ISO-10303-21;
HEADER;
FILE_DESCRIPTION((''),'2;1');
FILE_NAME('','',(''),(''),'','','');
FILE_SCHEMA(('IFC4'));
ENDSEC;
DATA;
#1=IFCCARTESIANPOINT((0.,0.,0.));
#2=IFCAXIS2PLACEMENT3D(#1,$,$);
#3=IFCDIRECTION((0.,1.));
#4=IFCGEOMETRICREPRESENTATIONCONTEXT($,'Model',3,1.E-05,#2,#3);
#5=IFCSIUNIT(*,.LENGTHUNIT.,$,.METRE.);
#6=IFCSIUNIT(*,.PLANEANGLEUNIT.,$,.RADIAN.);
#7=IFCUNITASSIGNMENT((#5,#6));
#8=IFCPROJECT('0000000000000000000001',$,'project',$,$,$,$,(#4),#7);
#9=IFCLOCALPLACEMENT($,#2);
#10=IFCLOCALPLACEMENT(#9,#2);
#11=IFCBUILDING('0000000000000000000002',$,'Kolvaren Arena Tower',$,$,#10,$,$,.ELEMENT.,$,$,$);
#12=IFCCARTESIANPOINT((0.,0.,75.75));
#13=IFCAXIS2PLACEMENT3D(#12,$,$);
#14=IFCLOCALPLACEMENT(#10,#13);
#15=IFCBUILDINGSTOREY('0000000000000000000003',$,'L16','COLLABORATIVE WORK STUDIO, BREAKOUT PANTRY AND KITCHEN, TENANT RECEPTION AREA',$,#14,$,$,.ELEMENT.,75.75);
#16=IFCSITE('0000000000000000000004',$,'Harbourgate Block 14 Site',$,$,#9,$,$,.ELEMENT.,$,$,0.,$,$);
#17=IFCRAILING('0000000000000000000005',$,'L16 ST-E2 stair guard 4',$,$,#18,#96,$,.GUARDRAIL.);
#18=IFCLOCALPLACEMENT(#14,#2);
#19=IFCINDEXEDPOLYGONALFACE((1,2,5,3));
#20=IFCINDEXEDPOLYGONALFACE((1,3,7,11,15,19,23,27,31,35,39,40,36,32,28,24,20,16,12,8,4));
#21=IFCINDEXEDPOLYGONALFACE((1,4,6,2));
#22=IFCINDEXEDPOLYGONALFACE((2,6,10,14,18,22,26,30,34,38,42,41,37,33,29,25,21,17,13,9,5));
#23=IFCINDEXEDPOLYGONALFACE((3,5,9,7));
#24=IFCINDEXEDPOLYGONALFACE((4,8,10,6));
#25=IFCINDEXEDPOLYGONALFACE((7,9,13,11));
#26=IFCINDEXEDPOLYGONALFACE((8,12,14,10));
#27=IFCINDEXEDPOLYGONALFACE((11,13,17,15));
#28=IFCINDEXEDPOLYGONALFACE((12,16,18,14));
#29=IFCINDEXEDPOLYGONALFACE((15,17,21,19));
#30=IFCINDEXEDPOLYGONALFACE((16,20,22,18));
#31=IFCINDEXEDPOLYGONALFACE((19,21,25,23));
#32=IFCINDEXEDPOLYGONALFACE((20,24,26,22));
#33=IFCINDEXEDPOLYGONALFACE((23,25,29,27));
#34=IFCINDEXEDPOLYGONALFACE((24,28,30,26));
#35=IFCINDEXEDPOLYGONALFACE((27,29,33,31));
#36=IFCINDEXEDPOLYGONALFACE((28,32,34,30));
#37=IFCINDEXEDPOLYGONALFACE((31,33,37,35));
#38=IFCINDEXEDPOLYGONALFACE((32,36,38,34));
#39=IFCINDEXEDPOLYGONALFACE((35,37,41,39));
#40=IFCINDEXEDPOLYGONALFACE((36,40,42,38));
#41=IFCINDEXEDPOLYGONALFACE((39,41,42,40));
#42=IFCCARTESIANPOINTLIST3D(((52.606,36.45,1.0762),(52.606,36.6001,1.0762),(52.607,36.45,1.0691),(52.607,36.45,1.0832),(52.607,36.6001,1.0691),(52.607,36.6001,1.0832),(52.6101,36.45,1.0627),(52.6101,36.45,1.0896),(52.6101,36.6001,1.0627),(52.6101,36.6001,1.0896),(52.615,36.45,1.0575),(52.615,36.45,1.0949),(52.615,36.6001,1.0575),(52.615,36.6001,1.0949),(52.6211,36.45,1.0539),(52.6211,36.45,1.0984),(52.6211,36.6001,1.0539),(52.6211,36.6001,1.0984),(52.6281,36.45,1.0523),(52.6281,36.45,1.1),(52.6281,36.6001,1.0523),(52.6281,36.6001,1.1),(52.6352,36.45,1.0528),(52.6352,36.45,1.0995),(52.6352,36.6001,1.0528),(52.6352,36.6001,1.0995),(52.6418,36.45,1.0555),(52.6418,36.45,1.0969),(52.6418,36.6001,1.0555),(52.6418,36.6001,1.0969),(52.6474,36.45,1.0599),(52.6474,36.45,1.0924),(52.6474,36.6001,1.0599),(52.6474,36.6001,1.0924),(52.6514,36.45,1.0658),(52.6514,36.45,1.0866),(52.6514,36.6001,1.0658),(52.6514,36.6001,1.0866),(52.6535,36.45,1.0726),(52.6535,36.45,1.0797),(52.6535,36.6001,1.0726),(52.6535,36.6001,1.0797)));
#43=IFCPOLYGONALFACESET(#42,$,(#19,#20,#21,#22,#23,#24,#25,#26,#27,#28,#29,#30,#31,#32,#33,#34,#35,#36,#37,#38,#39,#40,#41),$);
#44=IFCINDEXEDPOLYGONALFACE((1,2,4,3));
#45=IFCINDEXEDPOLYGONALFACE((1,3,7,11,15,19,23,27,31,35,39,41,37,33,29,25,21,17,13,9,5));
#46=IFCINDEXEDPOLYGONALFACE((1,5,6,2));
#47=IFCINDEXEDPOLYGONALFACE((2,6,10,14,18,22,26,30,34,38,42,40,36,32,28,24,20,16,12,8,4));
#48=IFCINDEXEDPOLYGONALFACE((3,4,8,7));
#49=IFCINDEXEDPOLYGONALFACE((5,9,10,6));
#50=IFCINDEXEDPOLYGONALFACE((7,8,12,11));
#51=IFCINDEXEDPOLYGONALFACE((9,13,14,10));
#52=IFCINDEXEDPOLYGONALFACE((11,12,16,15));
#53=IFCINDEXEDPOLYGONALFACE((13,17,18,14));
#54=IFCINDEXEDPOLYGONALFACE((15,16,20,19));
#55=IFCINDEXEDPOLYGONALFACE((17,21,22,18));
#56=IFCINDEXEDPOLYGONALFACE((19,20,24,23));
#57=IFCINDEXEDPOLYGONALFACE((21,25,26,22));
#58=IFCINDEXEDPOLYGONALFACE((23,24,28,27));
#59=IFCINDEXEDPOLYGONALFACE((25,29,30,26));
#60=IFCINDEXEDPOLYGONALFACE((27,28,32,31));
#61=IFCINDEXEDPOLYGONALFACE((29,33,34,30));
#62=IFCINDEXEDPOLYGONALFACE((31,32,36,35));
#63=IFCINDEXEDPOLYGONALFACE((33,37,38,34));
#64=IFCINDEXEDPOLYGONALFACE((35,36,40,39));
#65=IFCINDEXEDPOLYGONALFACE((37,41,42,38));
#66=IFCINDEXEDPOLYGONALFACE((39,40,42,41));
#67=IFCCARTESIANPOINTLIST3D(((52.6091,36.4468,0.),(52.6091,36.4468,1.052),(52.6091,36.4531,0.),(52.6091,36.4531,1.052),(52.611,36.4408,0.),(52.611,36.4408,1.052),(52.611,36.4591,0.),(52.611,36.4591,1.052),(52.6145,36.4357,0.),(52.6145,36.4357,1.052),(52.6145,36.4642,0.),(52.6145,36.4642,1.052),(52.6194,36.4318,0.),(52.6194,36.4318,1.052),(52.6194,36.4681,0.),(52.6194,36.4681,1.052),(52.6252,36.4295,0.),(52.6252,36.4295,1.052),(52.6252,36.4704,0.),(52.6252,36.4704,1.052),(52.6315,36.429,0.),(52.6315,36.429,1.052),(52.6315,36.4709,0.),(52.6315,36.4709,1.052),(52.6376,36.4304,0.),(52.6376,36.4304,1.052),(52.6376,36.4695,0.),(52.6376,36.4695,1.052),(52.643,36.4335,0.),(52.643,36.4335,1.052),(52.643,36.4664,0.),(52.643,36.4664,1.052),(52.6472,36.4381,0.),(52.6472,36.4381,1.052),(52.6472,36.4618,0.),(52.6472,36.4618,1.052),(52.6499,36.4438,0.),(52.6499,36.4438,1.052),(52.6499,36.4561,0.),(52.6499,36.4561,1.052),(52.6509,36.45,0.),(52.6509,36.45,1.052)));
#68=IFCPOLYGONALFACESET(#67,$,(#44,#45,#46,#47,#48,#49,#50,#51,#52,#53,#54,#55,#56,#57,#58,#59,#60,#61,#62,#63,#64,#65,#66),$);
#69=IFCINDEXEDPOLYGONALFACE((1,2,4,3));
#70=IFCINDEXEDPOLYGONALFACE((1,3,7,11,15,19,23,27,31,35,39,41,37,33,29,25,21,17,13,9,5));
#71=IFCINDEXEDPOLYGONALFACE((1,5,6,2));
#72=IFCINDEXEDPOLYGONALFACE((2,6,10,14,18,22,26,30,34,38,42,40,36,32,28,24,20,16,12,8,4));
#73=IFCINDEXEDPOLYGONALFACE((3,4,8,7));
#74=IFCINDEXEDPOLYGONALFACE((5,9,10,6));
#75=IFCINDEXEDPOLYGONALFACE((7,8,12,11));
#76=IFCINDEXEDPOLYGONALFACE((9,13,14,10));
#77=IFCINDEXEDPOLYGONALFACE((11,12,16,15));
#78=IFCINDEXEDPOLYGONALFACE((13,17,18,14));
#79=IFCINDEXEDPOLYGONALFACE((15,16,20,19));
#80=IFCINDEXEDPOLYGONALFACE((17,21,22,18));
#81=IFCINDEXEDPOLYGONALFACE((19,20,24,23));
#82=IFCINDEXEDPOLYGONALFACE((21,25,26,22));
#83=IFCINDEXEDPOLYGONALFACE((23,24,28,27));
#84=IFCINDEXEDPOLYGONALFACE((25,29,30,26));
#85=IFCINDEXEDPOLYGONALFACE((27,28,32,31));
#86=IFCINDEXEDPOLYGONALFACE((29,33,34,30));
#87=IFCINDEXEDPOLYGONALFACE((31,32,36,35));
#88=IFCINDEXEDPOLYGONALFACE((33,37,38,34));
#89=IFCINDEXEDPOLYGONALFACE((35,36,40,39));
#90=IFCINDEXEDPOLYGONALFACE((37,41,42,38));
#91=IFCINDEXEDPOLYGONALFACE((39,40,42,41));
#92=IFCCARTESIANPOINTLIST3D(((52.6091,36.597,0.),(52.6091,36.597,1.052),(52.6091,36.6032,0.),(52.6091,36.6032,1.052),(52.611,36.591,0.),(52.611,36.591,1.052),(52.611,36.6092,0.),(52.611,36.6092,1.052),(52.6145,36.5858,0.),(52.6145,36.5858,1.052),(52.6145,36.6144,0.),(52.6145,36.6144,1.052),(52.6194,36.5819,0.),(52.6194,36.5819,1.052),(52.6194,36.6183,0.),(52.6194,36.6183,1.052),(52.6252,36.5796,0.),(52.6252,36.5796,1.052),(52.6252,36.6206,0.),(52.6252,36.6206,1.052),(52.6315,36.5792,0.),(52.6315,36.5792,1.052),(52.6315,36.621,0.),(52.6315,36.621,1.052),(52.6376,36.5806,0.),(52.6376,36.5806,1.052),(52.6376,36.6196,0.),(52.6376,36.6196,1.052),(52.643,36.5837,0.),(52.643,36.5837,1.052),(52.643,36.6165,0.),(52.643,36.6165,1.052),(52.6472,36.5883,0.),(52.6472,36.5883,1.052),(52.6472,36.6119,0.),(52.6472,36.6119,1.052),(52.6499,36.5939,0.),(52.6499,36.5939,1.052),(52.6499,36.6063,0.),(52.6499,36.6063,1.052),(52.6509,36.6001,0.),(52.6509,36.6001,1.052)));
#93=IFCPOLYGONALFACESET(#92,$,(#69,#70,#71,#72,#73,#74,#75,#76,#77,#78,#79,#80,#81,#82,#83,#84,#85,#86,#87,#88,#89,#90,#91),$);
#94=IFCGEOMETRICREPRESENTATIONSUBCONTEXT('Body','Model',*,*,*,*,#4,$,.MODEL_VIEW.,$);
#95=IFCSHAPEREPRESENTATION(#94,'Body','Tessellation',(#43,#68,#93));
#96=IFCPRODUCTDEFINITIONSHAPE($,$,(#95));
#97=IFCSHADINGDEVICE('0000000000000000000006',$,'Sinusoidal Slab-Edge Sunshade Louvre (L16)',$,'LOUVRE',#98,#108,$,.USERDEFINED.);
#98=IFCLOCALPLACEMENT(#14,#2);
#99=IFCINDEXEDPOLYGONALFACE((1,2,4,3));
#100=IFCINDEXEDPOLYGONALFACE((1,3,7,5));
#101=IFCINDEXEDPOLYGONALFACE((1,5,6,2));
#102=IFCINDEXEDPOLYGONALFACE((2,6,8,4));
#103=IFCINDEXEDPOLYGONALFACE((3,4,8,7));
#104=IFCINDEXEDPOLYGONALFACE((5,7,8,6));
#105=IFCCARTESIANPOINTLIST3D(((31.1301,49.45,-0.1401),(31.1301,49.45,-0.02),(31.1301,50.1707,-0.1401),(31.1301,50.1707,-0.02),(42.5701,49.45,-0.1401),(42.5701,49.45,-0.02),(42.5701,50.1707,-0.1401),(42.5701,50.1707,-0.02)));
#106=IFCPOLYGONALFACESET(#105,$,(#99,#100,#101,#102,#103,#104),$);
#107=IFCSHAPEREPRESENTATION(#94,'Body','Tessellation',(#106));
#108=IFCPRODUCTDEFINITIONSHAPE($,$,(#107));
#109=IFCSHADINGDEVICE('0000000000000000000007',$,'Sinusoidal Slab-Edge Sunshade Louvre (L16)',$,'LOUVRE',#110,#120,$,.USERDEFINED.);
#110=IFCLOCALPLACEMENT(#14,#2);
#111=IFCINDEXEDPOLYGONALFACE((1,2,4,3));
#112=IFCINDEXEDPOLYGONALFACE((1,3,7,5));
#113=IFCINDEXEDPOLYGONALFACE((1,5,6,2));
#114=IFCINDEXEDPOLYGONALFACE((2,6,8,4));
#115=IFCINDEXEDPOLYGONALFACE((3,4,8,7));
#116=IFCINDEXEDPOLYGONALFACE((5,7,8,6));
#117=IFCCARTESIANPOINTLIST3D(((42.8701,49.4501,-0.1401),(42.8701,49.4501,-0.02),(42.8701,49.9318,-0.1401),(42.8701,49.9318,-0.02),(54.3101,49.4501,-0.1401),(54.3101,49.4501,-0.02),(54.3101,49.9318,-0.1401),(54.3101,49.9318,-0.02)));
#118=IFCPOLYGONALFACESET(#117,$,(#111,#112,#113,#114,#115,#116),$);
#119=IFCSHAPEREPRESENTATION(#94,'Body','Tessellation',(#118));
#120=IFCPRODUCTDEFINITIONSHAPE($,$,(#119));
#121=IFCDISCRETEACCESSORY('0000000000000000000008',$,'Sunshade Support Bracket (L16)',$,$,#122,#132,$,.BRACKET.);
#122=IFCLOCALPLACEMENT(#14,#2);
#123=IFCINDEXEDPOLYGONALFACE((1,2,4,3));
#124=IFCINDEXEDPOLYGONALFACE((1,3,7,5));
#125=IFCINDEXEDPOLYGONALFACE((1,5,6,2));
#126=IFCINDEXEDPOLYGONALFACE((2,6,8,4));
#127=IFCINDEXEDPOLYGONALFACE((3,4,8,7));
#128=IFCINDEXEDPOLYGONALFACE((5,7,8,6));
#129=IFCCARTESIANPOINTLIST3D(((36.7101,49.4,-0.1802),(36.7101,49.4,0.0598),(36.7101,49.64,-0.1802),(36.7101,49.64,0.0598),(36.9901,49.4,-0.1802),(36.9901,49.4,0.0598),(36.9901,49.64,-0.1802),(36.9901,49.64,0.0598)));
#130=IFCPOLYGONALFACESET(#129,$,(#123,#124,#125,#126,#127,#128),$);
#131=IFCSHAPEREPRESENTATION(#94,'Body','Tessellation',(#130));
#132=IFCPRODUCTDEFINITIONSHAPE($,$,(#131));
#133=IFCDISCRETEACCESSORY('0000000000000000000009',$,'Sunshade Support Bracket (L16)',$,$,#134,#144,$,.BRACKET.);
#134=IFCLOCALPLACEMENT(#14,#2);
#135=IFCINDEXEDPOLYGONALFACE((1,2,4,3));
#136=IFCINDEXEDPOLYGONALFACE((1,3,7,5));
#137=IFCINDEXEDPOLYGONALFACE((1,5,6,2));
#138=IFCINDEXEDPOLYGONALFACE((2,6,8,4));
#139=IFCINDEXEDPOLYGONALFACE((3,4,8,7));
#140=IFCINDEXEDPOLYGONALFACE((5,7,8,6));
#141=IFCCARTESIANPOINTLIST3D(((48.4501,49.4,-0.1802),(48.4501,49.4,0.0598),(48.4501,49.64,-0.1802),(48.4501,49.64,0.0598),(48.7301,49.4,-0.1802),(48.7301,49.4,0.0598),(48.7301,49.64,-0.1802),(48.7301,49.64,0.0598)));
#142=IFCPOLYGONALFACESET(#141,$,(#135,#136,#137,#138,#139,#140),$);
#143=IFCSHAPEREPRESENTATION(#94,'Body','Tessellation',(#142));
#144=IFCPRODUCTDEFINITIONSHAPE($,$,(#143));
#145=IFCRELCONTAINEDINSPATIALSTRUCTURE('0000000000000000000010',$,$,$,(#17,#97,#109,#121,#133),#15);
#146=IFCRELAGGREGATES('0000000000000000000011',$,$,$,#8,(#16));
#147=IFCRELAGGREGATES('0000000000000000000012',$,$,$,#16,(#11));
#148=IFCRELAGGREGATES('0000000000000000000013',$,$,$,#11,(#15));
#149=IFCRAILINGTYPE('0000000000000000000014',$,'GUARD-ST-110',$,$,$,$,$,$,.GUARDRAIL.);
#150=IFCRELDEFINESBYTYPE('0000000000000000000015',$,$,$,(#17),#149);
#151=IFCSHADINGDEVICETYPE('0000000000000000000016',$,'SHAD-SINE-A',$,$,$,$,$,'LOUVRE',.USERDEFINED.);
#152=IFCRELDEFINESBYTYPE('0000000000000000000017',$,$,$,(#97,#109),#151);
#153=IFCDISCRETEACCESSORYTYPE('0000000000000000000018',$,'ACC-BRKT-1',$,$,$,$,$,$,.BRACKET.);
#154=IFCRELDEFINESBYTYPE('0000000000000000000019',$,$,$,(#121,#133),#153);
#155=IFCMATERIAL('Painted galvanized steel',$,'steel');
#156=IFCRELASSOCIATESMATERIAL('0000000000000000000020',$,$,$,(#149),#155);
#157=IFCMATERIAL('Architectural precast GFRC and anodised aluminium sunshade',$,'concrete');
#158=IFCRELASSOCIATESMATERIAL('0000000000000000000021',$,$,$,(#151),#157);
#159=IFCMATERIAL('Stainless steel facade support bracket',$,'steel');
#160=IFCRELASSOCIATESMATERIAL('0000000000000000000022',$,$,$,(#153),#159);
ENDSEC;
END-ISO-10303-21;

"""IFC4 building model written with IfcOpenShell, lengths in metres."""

from ifc_helpers import new_model, si_unit, direction, frame, origin, origin_2d, place, context, subcontext, project, spatial, rectangle, circle, extrude, material, type_object, element, save


model = new_model("IFC4")

# Units and contexts
model_context = context("Model", 3, precision=1e-05, world=origin(), true_north=direction((0.0, 1.0)))
body_context = subcontext(model_context, "Body", "Model", "MODEL_VIEW")
ifc_project = project(units=[si_unit("LENGTHUNIT", "METRE"), si_unit("PLANEANGLEUNIT", "RADIAN")], contexts=[model_context])

# Site, building, storey
site_placement = place(None, origin())
site = spatial("IfcSite", under=ifc_project, at=site_placement, Name="Harbourgate Block 14 Site", CompositionType="ELEMENT", RefElevation=0.0)
building_placement = place(site_placement, origin())
building = spatial("IfcBuilding", under=site, at=building_placement, Name="Kolvaren Arena Tower", CompositionType="ELEMENT")
storey_placement = place(building_placement, frame((0.0, 0.0, 75.75)))
storey = spatial("IfcBuildingStorey", under=building, at=storey_placement, Name="L16", Description="COLLABORATIVE WORK STUDIO, BREAKOUT PANTRY AND KITCHEN, TENANT RECEPTION AREA", CompositionType="ELEMENT", Elevation=75.75)

# Railing
ifc_material_1 = material(Name="Painted galvanized steel", Category="steel")
railing_type = type_object("IfcRailingType", Name="GUARD-ST-110", PredefinedType="GUARDRAIL", material=ifc_material_1)
railing_1_placement = place(storey_placement, frame((52.6299, 36.45, 0.0)))
element("IfcRailing", 1, at=railing_1_placement, inside=storey, type_object=railing_type, Name="L16 ST-E2 stair guard 4", PredefinedType="GUARDRAIL", context=body_context, shape_type="SweptSolid", body=[
    extrude(circle(Radius=0.0239, at=origin_2d()), frame((0.0, 0.0, 1.0762), z_axis=(0.0, 1.0, 0.0), x_axis=(-1.0, 0.0, 0.0)), (0.0, 0.0, 1.0), 0.1501),
    extrude(circle(Radius=0.021, at=origin_2d()), origin(), (0.0, 0.0, 1.0), 1.052),
    extrude(circle(Radius=0.021, at=origin_2d()), frame((0.0, 0.1501, 0.0)), (0.0, 0.0, 1.0), 1.052),
])

# Shading devices
ifc_material_2 = material(Name="Architectural precast GFRC and anodised aluminium sunshade", Category="concrete")
shading_device_type = type_object("IfcShadingDeviceType", Name="SHAD-SINE-A", ElementType="LOUVRE", PredefinedType="USERDEFINED", material=ifc_material_2)
shading_device_1_placement = place(storey_placement, frame((36.8501, 49.8103, -0.1401), z_axis=(0.0, 0.0, 1.0), x_axis=(1.0, 0.0, 0.0)))
element("IfcShadingDevice", 2, at=shading_device_1_placement, inside=storey, type_object=shading_device_type, Name="Sinusoidal Slab-Edge Sunshade Louvre (L16)", ObjectType="LOUVRE", PredefinedType="USERDEFINED", context=body_context, shape_type="SweptSolid", body=[
    extrude(rectangle(XDim=11.4399, YDim=0.7207, at=origin_2d()), origin(), (0.0, 0.0, 1.0), 0.1201),
])
shading_device_2_placement = place(storey_placement, frame((48.5901, 49.6909, -0.1401), z_axis=(0.0, 0.0, 1.0), x_axis=(1.0, 0.0, 0.0)))
element("IfcShadingDevice", 3, at=shading_device_2_placement, inside=storey, type_object=shading_device_type, Name="Sinusoidal Slab-Edge Sunshade Louvre (L16)", ObjectType="LOUVRE", PredefinedType="USERDEFINED", context=body_context, shape_type="SweptSolid", body=[
    extrude(rectangle(XDim=11.4399, YDim=0.4817, at=origin_2d()), origin(), (0.0, 0.0, 1.0), 0.1201),
])

# Discrete accessories
ifc_material_3 = material(Name="Stainless steel facade support bracket", Category="steel")
discrete_accessory_type = type_object("IfcDiscreteAccessoryType", Name="ACC-BRKT-1", PredefinedType="BRACKET", material=ifc_material_3)
for number, where, z_axis, x_axis, name in (
    (4, (36.8501, 49.52, -0.1802), (0.0, 0.0, 1.0), (1.0, 0.0, 0.0), "Sunshade Support Bracket (L16)"),
    (5, (48.5901, 49.52, -0.1802), (0.0, 0.0, 1.0), (1.0, 0.0, 0.0), "Sunshade Support Bracket (L16)"),
):
    element("IfcDiscreteAccessory", number, at=place(storey_placement, frame(where, z_axis=z_axis, x_axis=x_axis)), inside=storey, type_object=discrete_accessory_type, Name=name, PredefinedType="BRACKET", context=body_context, shape_type="SweptSolid", body=[
        extrude(rectangle(XDim=0.28, YDim=0.24, at=origin_2d()), origin(), (0.0, 0.0, 1.0), 0.24),
    ])

save(model, "model.ifc")
